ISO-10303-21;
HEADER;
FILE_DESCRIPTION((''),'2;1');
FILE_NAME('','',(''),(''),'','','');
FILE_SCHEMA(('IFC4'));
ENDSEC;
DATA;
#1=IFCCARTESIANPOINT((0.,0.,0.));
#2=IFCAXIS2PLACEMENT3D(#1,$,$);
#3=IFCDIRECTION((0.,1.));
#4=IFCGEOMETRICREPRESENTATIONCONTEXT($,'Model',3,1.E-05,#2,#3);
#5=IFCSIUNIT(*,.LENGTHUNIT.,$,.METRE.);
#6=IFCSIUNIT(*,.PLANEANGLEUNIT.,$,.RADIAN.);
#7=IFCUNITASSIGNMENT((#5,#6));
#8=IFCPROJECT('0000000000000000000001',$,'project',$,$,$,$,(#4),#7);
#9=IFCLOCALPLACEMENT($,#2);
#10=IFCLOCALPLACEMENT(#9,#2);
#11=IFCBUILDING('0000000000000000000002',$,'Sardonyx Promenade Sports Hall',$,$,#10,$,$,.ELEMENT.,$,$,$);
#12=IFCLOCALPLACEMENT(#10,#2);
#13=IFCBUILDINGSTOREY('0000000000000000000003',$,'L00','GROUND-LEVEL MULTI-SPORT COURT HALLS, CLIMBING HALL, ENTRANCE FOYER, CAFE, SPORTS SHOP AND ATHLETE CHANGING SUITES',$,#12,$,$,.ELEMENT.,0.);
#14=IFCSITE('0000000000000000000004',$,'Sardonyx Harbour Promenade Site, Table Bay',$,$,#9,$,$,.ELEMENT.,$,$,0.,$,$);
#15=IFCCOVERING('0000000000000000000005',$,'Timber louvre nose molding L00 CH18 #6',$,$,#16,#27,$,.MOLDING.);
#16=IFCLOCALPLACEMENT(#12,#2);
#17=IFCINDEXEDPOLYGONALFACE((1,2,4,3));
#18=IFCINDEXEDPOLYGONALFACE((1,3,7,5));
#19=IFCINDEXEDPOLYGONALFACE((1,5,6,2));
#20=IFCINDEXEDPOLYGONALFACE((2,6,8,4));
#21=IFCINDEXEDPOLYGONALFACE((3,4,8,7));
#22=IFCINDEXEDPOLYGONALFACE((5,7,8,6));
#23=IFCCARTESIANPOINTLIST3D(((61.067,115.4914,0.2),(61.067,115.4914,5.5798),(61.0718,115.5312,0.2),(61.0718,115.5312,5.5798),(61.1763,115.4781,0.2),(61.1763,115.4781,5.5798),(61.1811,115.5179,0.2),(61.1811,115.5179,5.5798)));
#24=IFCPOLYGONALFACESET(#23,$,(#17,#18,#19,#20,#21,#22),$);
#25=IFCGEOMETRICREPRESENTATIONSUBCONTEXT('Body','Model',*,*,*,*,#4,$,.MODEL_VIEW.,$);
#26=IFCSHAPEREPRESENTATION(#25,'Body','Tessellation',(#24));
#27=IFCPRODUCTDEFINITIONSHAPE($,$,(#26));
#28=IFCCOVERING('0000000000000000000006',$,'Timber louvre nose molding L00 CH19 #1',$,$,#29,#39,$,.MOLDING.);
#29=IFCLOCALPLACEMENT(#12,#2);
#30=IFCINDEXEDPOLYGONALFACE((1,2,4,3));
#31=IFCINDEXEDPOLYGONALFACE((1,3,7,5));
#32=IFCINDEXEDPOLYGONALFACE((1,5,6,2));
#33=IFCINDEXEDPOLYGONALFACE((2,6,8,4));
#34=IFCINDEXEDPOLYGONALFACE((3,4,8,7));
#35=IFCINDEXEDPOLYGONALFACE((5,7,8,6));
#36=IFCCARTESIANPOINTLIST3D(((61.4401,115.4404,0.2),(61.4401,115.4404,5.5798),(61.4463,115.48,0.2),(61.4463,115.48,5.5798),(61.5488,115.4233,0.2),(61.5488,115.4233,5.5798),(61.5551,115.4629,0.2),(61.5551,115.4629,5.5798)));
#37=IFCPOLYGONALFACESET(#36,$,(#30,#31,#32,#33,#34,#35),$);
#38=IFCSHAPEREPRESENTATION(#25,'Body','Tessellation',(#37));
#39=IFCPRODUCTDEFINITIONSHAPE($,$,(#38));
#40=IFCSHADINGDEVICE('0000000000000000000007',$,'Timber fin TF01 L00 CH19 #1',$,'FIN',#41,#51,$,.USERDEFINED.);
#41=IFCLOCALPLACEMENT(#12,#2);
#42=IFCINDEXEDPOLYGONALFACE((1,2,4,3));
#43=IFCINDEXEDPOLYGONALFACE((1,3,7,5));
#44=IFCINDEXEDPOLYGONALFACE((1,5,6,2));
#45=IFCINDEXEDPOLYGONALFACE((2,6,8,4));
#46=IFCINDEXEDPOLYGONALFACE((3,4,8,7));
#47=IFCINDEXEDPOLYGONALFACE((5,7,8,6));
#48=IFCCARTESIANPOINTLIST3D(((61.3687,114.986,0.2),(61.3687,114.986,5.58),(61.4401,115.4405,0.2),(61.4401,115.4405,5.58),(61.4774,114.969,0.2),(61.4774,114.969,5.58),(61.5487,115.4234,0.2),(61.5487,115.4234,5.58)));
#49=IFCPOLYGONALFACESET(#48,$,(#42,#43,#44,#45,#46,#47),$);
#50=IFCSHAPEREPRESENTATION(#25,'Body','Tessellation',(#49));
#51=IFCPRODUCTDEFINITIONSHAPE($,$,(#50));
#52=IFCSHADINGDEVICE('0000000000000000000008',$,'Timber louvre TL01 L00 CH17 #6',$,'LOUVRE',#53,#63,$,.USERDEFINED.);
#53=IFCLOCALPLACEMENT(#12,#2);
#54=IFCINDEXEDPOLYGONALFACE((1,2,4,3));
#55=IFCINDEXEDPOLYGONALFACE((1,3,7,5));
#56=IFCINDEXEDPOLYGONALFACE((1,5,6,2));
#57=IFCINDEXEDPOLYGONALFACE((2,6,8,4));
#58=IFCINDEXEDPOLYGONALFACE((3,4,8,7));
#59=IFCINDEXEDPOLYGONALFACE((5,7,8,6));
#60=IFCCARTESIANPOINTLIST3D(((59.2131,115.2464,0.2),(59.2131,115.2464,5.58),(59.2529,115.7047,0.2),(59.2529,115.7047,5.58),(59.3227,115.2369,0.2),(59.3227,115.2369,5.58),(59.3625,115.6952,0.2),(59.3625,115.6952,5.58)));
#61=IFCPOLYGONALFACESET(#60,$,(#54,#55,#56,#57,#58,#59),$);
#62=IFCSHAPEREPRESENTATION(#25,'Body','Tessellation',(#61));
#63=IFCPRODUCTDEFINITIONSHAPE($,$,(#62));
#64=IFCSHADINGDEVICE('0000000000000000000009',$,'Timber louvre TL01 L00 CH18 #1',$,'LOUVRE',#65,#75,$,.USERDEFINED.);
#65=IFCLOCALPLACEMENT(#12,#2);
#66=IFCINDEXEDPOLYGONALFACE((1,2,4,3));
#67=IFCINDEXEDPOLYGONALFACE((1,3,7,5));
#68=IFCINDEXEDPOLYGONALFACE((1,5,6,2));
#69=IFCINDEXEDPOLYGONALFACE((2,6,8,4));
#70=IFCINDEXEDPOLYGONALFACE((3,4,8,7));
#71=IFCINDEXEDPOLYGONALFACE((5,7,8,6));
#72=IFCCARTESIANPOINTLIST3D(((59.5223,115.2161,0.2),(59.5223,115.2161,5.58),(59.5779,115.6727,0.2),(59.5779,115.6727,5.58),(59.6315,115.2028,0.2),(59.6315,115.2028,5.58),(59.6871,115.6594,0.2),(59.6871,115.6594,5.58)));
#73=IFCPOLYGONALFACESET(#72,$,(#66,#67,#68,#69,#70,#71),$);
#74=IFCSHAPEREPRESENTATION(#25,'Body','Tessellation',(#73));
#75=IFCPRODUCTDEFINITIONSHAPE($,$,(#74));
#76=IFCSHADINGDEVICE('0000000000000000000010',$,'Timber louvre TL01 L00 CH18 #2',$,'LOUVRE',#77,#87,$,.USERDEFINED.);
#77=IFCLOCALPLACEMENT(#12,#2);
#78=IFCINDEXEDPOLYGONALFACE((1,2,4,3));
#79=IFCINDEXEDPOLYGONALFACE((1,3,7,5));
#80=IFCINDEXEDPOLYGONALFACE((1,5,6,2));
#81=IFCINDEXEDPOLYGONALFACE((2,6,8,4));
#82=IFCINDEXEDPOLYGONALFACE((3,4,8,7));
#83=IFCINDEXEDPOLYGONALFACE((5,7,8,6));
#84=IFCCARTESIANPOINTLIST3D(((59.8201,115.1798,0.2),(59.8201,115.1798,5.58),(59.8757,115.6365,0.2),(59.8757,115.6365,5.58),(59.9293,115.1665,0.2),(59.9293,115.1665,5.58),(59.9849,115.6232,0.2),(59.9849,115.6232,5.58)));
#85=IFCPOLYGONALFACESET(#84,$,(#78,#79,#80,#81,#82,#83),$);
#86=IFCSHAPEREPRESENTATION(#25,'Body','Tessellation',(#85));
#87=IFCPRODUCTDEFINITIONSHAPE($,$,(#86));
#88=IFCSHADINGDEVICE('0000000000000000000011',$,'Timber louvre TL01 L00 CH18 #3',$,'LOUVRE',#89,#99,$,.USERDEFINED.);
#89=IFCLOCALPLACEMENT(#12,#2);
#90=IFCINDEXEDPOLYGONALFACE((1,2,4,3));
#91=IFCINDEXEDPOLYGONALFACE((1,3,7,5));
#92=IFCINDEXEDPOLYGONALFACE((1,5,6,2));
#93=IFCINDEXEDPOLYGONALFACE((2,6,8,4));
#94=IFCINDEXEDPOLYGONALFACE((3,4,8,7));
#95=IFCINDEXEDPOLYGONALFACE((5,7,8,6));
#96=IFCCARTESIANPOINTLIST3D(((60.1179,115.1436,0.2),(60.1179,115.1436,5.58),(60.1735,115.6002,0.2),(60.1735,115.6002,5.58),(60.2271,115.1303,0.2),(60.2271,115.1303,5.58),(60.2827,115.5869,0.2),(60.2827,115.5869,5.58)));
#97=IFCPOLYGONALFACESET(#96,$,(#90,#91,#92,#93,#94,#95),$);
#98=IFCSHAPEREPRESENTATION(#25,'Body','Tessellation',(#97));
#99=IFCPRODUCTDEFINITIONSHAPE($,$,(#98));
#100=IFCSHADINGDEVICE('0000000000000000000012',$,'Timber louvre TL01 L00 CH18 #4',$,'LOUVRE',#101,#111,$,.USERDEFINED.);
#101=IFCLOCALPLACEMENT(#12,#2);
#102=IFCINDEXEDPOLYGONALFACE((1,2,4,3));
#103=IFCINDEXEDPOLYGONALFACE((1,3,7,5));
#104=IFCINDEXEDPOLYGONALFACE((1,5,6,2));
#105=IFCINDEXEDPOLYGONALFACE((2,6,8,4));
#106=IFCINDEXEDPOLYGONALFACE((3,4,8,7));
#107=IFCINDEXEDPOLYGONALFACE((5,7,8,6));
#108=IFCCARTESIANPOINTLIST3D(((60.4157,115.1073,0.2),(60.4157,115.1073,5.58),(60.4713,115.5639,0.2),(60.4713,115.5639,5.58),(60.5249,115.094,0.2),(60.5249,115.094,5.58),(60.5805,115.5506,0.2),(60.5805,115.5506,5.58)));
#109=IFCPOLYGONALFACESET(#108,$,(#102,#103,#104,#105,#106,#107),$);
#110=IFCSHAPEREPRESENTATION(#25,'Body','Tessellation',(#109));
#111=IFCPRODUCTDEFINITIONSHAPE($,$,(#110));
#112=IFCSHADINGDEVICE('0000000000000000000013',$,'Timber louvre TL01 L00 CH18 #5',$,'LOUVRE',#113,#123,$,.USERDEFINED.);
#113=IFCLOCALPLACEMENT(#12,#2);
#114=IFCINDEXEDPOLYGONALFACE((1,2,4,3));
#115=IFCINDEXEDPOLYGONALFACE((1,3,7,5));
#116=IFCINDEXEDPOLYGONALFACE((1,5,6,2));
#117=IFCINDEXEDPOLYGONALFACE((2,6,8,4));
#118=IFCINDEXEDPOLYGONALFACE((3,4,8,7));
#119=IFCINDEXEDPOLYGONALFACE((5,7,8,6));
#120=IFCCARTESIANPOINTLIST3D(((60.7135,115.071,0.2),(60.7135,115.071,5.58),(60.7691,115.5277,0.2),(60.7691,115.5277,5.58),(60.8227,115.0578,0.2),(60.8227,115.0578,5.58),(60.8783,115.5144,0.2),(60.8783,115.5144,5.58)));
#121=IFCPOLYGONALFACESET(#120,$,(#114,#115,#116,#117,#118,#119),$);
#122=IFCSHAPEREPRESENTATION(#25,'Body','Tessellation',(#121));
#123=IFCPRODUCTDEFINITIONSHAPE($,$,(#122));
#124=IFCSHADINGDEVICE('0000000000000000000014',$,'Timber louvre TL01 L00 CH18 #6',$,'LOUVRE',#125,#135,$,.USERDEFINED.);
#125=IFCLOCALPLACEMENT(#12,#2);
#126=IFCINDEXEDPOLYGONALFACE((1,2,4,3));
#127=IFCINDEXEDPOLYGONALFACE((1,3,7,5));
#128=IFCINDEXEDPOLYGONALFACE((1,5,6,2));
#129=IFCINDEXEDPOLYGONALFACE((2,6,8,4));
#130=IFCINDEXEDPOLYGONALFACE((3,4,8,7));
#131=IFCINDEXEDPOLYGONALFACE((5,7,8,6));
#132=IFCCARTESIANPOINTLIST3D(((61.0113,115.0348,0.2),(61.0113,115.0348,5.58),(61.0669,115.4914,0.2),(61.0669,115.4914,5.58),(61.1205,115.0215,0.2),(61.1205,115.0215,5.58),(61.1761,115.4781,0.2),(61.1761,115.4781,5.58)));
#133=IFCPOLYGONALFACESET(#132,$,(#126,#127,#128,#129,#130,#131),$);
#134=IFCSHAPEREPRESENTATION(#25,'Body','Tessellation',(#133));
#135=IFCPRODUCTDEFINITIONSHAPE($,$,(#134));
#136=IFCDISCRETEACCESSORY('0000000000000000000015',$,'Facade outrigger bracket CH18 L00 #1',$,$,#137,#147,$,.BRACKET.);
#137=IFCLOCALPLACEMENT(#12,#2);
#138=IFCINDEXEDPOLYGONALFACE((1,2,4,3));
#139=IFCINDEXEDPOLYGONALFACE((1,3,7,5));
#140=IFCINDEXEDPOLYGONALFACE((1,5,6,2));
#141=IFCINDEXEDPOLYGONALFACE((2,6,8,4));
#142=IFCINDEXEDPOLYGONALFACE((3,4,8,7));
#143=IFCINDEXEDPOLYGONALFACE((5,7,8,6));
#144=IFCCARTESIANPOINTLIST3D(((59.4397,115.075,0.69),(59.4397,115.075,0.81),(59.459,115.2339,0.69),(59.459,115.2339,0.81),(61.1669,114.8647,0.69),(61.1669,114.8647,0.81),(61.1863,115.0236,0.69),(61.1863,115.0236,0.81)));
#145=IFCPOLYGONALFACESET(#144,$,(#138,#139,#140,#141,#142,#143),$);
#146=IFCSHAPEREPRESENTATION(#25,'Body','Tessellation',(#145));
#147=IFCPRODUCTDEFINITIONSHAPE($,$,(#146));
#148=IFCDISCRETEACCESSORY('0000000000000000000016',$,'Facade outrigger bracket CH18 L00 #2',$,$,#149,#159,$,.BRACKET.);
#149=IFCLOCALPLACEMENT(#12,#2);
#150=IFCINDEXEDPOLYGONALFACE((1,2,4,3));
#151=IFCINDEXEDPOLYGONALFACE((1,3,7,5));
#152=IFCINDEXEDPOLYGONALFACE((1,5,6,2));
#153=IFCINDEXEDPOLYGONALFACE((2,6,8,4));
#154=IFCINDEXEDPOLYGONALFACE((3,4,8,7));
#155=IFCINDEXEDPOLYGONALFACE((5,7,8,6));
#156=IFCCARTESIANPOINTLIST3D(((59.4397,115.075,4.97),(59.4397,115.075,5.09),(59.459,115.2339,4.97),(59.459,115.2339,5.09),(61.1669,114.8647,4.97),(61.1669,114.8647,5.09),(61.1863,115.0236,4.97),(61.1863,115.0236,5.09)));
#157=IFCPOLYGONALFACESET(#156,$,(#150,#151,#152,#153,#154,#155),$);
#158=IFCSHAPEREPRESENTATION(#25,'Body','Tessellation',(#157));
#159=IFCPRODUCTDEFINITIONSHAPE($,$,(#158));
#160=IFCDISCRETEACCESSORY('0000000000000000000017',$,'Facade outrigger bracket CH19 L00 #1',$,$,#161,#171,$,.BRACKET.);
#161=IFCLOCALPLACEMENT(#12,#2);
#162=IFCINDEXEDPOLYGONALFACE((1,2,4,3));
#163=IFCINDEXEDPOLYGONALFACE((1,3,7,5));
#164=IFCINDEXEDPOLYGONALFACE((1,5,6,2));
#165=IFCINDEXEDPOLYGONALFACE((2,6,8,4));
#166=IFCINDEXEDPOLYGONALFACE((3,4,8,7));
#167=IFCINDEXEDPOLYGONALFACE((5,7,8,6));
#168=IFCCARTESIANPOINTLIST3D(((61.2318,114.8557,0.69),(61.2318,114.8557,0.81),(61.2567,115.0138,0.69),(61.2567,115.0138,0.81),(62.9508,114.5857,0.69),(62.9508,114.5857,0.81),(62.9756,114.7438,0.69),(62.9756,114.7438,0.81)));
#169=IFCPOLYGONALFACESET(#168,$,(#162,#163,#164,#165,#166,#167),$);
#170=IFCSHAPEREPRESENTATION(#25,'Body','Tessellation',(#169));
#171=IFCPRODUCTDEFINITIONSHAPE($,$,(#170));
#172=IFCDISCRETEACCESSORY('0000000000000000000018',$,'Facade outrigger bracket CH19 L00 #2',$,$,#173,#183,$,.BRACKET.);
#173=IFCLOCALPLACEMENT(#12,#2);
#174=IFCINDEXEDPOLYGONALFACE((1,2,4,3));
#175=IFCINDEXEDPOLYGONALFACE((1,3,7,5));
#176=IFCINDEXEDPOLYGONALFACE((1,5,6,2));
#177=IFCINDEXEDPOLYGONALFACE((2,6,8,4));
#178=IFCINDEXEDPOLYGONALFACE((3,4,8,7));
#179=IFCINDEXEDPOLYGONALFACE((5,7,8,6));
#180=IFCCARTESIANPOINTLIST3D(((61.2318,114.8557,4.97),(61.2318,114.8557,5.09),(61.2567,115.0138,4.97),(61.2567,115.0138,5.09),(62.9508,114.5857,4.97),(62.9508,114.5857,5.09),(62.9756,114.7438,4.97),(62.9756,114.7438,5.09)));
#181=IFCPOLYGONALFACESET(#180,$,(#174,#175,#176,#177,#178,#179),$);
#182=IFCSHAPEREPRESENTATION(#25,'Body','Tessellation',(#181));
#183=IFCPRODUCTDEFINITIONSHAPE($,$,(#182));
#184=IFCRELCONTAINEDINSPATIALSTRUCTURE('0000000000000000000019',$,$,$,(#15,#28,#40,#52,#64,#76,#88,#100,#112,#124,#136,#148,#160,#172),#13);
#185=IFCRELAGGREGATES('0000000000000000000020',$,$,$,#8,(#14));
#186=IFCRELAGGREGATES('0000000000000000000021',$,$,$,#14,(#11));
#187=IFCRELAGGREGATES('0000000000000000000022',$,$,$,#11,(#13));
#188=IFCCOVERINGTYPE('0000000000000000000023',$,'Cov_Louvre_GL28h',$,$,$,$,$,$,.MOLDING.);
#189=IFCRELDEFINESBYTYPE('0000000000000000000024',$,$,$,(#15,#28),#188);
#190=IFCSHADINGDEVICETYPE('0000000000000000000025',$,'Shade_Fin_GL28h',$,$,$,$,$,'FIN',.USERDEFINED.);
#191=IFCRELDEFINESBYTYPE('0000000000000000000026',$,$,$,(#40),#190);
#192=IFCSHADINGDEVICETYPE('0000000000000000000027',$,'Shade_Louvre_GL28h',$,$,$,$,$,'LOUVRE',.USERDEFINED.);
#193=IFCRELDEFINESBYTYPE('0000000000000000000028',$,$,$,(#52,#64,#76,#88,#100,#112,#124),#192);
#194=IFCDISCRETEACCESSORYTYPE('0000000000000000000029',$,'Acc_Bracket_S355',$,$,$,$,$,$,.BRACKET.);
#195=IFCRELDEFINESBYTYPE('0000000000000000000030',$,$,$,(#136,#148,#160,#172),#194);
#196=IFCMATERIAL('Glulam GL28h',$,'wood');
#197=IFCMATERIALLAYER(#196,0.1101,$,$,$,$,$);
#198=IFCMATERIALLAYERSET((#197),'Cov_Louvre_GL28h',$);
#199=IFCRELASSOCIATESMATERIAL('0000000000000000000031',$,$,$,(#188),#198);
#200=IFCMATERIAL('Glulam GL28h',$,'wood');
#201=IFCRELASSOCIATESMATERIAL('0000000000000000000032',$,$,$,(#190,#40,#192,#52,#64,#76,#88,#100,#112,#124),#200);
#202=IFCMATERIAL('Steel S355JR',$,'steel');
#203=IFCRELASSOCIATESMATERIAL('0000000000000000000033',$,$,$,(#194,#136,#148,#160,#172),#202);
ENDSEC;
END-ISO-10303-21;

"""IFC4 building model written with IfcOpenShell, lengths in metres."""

from ifc_helpers import new_model, si_unit, direction, frame, origin, origin_2d, place, context, subcontext, project, spatial, rectangle, extrude, material, layer, layer_set, type_object, element, save


model = new_model("IFC4")

# Units and contexts
model_context = context("Model", 3, precision=1e-05, world=origin(), true_north=direction((0.0, 1.0)))
body_context = subcontext(model_context, "Body", "Model", "MODEL_VIEW")
ifc_project = project(units=[si_unit("LENGTHUNIT", "METRE"), si_unit("PLANEANGLEUNIT", "RADIAN")], contexts=[model_context])

# Site, building, storey
site_placement = place(None, origin())
site = spatial("IfcSite", under=ifc_project, at=site_placement, Name="Sardonyx Harbour Promenade Site, Table Bay", CompositionType="ELEMENT", RefElevation=0.0)
building_placement = place(site_placement, origin())
building = spatial("IfcBuilding", under=site, at=building_placement, Name="Sardonyx Promenade Sports Hall", CompositionType="ELEMENT")
storey_placement = place(building_placement, origin())
storey = spatial("IfcBuildingStorey", under=building, at=storey_placement, Name="L00", Description="GROUND-LEVEL MULTI-SPORT COURT HALLS, CLIMBING HALL, ENTRANCE FOYER, CAFE, SPORTS SHOP AND ATHLETE CHANGING SUITES", CompositionType="ELEMENT", Elevation=0.0)

# Coverings
ifc_material_1 = material(Name="Glulam GL28h", Category="wood")
ifc_layer_1 = layer(ifc_material_1, 0.1101)
ifc_layer_set_1 = layer_set([ifc_layer_1], Name="Cov_Louvre_GL28h")
covering_type = type_object("IfcCoveringType", Name="Cov_Louvre_GL28h", PredefinedType="MOLDING", material=ifc_layer_set_1)
for number, where, z_axis, x_axis, name in (
    (1, (61.124, 115.5046, 0.2), (0.0, 0.0, 1.0), (0.992669, -0.120863, 0.0), "Timber louvre nose molding L00 CH18 #6"),
    (2, (61.4976, 115.4517, 0.2), (0.0, 0.0, 1.0), (0.987891, -0.155148, 0.0), "Timber louvre nose molding L00 CH19 #1"),
):
    element("IfcCovering", number, at=place(storey_placement, frame(where, z_axis=z_axis, x_axis=x_axis)), inside=storey, type_object=covering_type, Name=name, PredefinedType="MOLDING", context=body_context, shape_type="SweptSolid", body=[
        extrude(rectangle(XDim=0.1101, YDim=0.04, at=origin_2d()), origin(), (0.0, 0.0, 1.0), 5.3799),
    ])

# Shading devices
ifc_material_2 = material(Name="Glulam GL28h", Category="wood")
shading_device_type_1 = type_object("IfcShadingDeviceType", Name="Shade_Fin_GL28h", ElementType="FIN", PredefinedType="USERDEFINED", material=ifc_material_2)
shading_device_placement = place(storey_placement, frame((61.4587, 115.2047, 0.2), z_axis=(0.0, 0.0, 1.0), x_axis=(0.987891, -0.155148, 0.0)))
element("IfcShadingDevice", 3, at=shading_device_placement, inside=storey, type_object=shading_device_type_1, material=ifc_material_2, Name="Timber fin TF01 L00 CH19 #1", ObjectType="FIN", PredefinedType="USERDEFINED", context=body_context, shape_type="SweptSolid", body=[
    extrude(rectangle(XDim=0.11, YDim=0.46), origin(), (0.0, 0.0, 1.0), 5.38),
])
shading_device_type_2 = type_object("IfcShadingDeviceType", Name="Shade_Louvre_GL28h", ElementType="LOUVRE", PredefinedType="USERDEFINED", material=ifc_material_2)
for number, where, z_axis, x_axis, name in (
    (4, (59.2878, 115.4708, 0.2), (0.0, 0.0, 1.0), (0.996258, -0.086434, 0.0), "Timber louvre TL01 L00 CH17 #6"),
    (5, (59.6047, 115.4378, 0.2), (0.0, 0.0, 1.0), (0.992669, -0.120863, 0.0), "Timber louvre TL01 L00 CH18 #1"),
    (6, (59.9025, 115.4015, 0.2), (0.0, 0.0, 1.0), (0.992669, -0.120863, 0.0), "Timber louvre TL01 L00 CH18 #2"),
    (7, (60.2003, 115.3652, 0.2), (0.0, 0.0, 1.0), (0.992669, -0.120863, 0.0), "Timber louvre TL01 L00 CH18 #3"),
    (8, (60.4981, 115.329, 0.2), (0.0, 0.0, 1.0), (0.992669, -0.120863, 0.0), "Timber louvre TL01 L00 CH18 #4"),
    (9, (60.7959, 115.2927, 0.2), (0.0, 0.0, 1.0), (0.992669, -0.120863, 0.0), "Timber louvre TL01 L00 CH18 #5"),
    (10, (61.0937, 115.2565, 0.2), (0.0, 0.0, 1.0), (0.992669, -0.120863, 0.0), "Timber louvre TL01 L00 CH18 #6"),
):
    element("IfcShadingDevice", number, at=place(storey_placement, frame(where, z_axis=z_axis, x_axis=x_axis)), inside=storey, type_object=shading_device_type_2, material=ifc_material_2, Name=name, ObjectType="LOUVRE", PredefinedType="USERDEFINED", context=body_context, shape_type="SweptSolid", body=[
        extrude(rectangle(XDim=0.11, YDim=0.46), origin(), (0.0, 0.0, 1.0), 5.38),
    ])

# Discrete accessories
ifc_material_3 = material(Name="Steel S355JR", Category="steel")
discrete_accessory_type = type_object("IfcDiscreteAccessoryType", Name="Acc_Bracket_S355", PredefinedType="BRACKET", material=ifc_material_3)
for number, where, z_axis, x_axis, name in (
    (11, (60.313, 115.0493, 0.69), (0.0, 0.0, 1.0), (0.992669, -0.120863, 0.0), "Facade outrigger bracket CH18 L00 #1"),
    (12, (60.313, 115.0493, 4.97), (0.0, 0.0, 1.0), (0.992669, -0.120863, 0.0), "Facade outrigger bracket CH18 L00 #2"),
    (13, (62.1037, 114.7997, 0.69), (0.0, 0.0, 1.0), (0.987891, -0.155148, 0.0), "Facade outrigger bracket CH19 L00 #1"),
    (14, (62.1037, 114.7997, 4.97), (0.0, 0.0, 1.0), (0.987891, -0.155148, 0.0), "Facade outrigger bracket CH19 L00 #2"),
):
    element("IfcDiscreteAccessory", number, at=place(storey_placement, frame(where, z_axis=z_axis, x_axis=x_axis)), inside=storey, type_object=discrete_accessory_type, material=ifc_material_3, Name=name, PredefinedType="BRACKET", context=body_context, shape_type="SweptSolid", body=[
        extrude(rectangle(XDim=1.74, YDim=0.16), origin(), (0.0, 0.0, 1.0), 0.12),
    ])

save(model, "model.ifc")
